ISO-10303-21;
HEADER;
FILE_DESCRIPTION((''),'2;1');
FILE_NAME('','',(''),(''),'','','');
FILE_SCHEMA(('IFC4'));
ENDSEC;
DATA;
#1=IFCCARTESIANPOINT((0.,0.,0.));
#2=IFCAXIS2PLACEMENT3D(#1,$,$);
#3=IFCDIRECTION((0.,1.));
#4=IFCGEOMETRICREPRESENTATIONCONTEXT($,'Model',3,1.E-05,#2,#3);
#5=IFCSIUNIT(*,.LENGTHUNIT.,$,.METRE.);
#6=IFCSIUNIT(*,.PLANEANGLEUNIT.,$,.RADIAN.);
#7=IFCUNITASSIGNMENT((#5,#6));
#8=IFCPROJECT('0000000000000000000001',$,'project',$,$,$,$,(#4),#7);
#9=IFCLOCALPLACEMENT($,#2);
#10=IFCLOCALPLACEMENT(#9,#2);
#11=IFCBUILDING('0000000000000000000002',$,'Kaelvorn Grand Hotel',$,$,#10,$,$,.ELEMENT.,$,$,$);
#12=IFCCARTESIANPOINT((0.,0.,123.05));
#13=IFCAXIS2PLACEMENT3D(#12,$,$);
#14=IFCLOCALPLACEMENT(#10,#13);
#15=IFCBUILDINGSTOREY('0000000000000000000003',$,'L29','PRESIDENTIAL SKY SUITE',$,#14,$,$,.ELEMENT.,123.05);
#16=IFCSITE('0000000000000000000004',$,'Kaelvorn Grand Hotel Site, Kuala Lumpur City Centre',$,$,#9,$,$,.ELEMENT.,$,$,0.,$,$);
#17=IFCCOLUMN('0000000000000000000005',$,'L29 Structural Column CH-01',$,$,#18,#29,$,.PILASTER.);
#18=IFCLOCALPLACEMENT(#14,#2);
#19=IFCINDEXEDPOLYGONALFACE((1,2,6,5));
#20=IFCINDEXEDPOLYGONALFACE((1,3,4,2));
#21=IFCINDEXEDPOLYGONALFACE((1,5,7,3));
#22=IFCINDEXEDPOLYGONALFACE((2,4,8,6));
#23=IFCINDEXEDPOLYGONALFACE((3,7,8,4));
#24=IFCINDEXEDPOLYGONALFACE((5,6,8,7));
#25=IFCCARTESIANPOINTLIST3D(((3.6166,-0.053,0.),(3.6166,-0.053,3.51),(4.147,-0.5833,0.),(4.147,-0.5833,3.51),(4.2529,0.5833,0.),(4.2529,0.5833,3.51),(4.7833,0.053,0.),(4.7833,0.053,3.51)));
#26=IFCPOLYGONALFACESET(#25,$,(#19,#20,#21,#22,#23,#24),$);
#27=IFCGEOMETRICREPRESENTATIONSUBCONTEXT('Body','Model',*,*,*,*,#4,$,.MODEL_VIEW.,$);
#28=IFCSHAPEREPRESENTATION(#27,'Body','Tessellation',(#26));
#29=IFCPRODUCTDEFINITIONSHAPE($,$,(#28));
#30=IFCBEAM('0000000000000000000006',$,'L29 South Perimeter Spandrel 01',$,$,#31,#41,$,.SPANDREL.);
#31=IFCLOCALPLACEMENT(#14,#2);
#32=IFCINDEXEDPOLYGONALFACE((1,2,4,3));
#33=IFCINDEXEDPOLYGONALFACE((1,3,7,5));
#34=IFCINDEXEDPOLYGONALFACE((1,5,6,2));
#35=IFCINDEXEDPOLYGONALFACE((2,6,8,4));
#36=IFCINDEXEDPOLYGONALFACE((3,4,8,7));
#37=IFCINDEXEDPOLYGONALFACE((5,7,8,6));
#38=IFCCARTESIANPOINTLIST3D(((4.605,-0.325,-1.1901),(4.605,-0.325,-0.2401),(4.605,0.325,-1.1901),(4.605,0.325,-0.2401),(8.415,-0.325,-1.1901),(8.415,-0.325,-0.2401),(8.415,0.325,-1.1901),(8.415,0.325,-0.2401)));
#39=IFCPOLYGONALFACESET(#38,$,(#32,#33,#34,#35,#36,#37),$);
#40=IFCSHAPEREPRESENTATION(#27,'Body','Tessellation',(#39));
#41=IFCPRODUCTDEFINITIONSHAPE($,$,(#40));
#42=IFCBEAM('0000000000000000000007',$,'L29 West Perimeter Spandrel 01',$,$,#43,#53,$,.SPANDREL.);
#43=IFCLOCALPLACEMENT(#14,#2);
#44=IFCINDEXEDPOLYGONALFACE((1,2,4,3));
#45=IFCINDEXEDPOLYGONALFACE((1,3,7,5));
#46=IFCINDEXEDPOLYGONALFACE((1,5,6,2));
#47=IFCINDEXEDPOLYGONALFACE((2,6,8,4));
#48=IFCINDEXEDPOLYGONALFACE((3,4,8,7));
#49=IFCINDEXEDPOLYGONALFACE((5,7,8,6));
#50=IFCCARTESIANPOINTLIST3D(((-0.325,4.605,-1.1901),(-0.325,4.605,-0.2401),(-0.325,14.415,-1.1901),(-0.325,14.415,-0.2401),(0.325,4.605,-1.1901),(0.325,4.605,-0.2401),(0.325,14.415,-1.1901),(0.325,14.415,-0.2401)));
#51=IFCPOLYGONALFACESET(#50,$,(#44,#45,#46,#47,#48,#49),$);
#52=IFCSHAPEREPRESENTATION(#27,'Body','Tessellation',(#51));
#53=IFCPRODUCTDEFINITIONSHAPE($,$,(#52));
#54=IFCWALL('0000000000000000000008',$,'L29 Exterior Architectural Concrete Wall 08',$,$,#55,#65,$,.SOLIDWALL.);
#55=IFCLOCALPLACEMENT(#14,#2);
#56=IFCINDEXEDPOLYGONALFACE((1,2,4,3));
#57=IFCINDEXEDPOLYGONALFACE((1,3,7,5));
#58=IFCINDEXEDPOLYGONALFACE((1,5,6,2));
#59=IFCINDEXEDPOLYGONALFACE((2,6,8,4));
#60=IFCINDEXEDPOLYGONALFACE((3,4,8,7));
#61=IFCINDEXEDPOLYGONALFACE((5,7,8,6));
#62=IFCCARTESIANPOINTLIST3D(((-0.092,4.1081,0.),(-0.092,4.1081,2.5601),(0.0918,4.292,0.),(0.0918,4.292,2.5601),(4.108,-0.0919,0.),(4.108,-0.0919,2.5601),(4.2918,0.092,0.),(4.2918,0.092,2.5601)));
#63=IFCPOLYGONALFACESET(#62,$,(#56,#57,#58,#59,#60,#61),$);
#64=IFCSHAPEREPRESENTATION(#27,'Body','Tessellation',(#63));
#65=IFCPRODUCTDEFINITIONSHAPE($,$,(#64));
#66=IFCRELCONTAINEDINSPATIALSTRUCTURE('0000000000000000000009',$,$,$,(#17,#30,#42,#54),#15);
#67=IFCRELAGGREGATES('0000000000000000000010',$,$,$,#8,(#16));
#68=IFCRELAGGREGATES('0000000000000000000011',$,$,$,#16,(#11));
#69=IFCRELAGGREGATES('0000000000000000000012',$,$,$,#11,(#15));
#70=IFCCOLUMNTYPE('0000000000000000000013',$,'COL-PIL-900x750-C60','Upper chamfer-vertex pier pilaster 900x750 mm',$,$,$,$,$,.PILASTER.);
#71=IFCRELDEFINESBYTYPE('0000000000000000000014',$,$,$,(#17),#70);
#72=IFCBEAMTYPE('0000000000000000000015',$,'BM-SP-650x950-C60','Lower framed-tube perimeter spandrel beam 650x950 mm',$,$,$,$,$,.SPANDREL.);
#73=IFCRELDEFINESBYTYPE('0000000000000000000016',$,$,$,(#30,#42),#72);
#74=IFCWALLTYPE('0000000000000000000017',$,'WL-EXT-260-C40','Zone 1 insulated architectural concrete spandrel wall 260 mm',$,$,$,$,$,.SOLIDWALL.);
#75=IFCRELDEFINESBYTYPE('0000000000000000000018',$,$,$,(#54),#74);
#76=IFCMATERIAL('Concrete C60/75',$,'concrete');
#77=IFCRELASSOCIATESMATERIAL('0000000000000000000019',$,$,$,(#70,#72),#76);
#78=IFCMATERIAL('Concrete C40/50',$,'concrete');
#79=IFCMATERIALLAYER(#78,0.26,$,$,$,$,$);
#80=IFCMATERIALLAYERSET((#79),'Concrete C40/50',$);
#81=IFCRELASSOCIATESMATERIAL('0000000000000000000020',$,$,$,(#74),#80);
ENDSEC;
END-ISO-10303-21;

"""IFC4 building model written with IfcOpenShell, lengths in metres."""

from ifc_helpers import new_model, si_unit, direction, frame, frame_2d, origin, origin_2d, place, context, subcontext, project, spatial, rectangle, extrude, material, layer, layer_set, material_profile, profile_set, type_object, element, save


model = new_model("IFC4")

# Units and contexts
model_context = context("Model", 3, precision=1e-05, world=origin(), true_north=direction((0.0, 1.0)))
body_context = subcontext(model_context, "Body", "Model", "MODEL_VIEW")
ifc_project = project(units=[si_unit("LENGTHUNIT", "METRE"), si_unit("PLANEANGLEUNIT", "RADIAN")], contexts=[model_context])

# Site, building, storey
site_placement = place(None, origin())
site = spatial("IfcSite", under=ifc_project, at=site_placement, Name="Kaelvorn Grand Hotel Site, Kuala Lumpur City Centre", CompositionType="ELEMENT", RefElevation=0.0)
building_placement = place(site_placement, origin())
building = spatial("IfcBuilding", under=site, at=building_placement, Name="Kaelvorn Grand Hotel", CompositionType="ELEMENT")
storey_placement = place(building_placement, frame((0.0, 0.0, 123.05)))
storey = spatial("IfcBuildingStorey", under=building, at=storey_placement, Name="L29", Description="PRESIDENTIAL SKY SUITE", CompositionType="ELEMENT", Elevation=123.05)

# Column
ifc_material_1 = material(Name="Concrete C60/75", Category="concrete")
ifc_material_profile_1 = material_profile(ifc_material_1, rectangle(XDim=0.8999, YDim=0.75, at=origin_2d()), Name="RC PILASTER 900x750")
ifc_profile_set_1 = profile_set([ifc_material_profile_1], Name="Concrete C60/75")
column_type = type_object("IfcColumnType", Name="COL-PIL-900x750-C60", Description="Upper chamfer-vertex pier pilaster 900x750 mm", PredefinedType="PILASTER", material=ifc_profile_set_1)
column_placement = place(storey_placement, frame((4.2, 0.0, 0.0), z_axis=(0.0, 0.0, 1.0), x_axis=(0.707107, 0.707107, 0.0)))
element("IfcColumn", 1, at=column_placement, inside=storey, type_object=column_type, Name="L29 Structural Column CH-01", PredefinedType="PILASTER", context=body_context, shape_type="SweptSolid", body=[
    extrude(rectangle(XDim=0.8999, YDim=0.75, at=origin_2d()), origin(), (0.0, 0.0, 1.0), 3.51),
])

# Beams
ifc_material_profile_2 = material_profile(ifc_material_1, rectangle(XDim=0.6499, YDim=0.95, at=origin_2d()), Name="RC SPANDREL 650x950")
ifc_profile_set_2 = profile_set([ifc_material_profile_2], Name="Concrete C60/75")
beam_type = type_object("IfcBeamType", Name="BM-SP-650x950-C60", Description="Lower framed-tube perimeter spandrel beam 650x950 mm", PredefinedType="SPANDREL", material=ifc_profile_set_2)
beam_1_placement = place(storey_placement, frame((4.605, 0.0, -0.7151), z_axis=(1.0, 0.0, 0.0), x_axis=(0.0, 1.0, 0.0)))
element("IfcBeam", 2, at=beam_1_placement, inside=storey, type_object=beam_type, Name="L29 South Perimeter Spandrel 01", PredefinedType="SPANDREL", context=body_context, shape_type="SweptSolid", body=[
    extrude(rectangle(XDim=0.6499, YDim=0.95, at=origin_2d()), origin(), (0.0, 0.0, 1.0), 3.8101),
])
beam_2_placement = place(storey_placement, frame((0.0, 4.605, -0.7151), z_axis=(0.0, 1.0, 0.0), x_axis=(-1.0, 0.0, 0.0)))
element("IfcBeam", 3, at=beam_2_placement, inside=storey, type_object=beam_type, Name="L29 West Perimeter Spandrel 01", PredefinedType="SPANDREL", context=body_context, shape_type="SweptSolid", body=[
    extrude(rectangle(XDim=0.6499, YDim=0.95, at=origin_2d()), origin(), (0.0, 0.0, 1.0), 9.8101),
])

# Shared definitions
ifc_material_2 = material(Name="Concrete C40/50", Category="concrete")
ifc_layer = layer(ifc_material_2, 0.26)
ifc_layer_set = layer_set([ifc_layer], Name="Concrete C40/50")
wall_type = type_object("IfcWallType", Name="WL-EXT-260-C40", Description="Zone 1 insulated architectural concrete spandrel wall 260 mm", PredefinedType="SOLIDWALL", material=ifc_layer_set)

# Wall
wall_1_placement = place(storey_placement, frame((0.0, 4.2, 0.0), z_axis=(0.0, 0.0, 1.0), x_axis=(0.707107, -0.707107, 0.0)))
element("IfcWall", 4, at=wall_1_placement, inside=storey, type_object=wall_type, Name="L29 Exterior Architectural Concrete Wall 08", PredefinedType="SOLIDWALL", context=body_context, shape_type="SweptSolid", body=[
    extrude(rectangle(XDim=5.9397, YDim=0.26, at=frame_2d((2.9697, 0.0))), origin(), (0.0, 0.0, 1.0), 2.5601),
])

save(model, "model.ifc")
